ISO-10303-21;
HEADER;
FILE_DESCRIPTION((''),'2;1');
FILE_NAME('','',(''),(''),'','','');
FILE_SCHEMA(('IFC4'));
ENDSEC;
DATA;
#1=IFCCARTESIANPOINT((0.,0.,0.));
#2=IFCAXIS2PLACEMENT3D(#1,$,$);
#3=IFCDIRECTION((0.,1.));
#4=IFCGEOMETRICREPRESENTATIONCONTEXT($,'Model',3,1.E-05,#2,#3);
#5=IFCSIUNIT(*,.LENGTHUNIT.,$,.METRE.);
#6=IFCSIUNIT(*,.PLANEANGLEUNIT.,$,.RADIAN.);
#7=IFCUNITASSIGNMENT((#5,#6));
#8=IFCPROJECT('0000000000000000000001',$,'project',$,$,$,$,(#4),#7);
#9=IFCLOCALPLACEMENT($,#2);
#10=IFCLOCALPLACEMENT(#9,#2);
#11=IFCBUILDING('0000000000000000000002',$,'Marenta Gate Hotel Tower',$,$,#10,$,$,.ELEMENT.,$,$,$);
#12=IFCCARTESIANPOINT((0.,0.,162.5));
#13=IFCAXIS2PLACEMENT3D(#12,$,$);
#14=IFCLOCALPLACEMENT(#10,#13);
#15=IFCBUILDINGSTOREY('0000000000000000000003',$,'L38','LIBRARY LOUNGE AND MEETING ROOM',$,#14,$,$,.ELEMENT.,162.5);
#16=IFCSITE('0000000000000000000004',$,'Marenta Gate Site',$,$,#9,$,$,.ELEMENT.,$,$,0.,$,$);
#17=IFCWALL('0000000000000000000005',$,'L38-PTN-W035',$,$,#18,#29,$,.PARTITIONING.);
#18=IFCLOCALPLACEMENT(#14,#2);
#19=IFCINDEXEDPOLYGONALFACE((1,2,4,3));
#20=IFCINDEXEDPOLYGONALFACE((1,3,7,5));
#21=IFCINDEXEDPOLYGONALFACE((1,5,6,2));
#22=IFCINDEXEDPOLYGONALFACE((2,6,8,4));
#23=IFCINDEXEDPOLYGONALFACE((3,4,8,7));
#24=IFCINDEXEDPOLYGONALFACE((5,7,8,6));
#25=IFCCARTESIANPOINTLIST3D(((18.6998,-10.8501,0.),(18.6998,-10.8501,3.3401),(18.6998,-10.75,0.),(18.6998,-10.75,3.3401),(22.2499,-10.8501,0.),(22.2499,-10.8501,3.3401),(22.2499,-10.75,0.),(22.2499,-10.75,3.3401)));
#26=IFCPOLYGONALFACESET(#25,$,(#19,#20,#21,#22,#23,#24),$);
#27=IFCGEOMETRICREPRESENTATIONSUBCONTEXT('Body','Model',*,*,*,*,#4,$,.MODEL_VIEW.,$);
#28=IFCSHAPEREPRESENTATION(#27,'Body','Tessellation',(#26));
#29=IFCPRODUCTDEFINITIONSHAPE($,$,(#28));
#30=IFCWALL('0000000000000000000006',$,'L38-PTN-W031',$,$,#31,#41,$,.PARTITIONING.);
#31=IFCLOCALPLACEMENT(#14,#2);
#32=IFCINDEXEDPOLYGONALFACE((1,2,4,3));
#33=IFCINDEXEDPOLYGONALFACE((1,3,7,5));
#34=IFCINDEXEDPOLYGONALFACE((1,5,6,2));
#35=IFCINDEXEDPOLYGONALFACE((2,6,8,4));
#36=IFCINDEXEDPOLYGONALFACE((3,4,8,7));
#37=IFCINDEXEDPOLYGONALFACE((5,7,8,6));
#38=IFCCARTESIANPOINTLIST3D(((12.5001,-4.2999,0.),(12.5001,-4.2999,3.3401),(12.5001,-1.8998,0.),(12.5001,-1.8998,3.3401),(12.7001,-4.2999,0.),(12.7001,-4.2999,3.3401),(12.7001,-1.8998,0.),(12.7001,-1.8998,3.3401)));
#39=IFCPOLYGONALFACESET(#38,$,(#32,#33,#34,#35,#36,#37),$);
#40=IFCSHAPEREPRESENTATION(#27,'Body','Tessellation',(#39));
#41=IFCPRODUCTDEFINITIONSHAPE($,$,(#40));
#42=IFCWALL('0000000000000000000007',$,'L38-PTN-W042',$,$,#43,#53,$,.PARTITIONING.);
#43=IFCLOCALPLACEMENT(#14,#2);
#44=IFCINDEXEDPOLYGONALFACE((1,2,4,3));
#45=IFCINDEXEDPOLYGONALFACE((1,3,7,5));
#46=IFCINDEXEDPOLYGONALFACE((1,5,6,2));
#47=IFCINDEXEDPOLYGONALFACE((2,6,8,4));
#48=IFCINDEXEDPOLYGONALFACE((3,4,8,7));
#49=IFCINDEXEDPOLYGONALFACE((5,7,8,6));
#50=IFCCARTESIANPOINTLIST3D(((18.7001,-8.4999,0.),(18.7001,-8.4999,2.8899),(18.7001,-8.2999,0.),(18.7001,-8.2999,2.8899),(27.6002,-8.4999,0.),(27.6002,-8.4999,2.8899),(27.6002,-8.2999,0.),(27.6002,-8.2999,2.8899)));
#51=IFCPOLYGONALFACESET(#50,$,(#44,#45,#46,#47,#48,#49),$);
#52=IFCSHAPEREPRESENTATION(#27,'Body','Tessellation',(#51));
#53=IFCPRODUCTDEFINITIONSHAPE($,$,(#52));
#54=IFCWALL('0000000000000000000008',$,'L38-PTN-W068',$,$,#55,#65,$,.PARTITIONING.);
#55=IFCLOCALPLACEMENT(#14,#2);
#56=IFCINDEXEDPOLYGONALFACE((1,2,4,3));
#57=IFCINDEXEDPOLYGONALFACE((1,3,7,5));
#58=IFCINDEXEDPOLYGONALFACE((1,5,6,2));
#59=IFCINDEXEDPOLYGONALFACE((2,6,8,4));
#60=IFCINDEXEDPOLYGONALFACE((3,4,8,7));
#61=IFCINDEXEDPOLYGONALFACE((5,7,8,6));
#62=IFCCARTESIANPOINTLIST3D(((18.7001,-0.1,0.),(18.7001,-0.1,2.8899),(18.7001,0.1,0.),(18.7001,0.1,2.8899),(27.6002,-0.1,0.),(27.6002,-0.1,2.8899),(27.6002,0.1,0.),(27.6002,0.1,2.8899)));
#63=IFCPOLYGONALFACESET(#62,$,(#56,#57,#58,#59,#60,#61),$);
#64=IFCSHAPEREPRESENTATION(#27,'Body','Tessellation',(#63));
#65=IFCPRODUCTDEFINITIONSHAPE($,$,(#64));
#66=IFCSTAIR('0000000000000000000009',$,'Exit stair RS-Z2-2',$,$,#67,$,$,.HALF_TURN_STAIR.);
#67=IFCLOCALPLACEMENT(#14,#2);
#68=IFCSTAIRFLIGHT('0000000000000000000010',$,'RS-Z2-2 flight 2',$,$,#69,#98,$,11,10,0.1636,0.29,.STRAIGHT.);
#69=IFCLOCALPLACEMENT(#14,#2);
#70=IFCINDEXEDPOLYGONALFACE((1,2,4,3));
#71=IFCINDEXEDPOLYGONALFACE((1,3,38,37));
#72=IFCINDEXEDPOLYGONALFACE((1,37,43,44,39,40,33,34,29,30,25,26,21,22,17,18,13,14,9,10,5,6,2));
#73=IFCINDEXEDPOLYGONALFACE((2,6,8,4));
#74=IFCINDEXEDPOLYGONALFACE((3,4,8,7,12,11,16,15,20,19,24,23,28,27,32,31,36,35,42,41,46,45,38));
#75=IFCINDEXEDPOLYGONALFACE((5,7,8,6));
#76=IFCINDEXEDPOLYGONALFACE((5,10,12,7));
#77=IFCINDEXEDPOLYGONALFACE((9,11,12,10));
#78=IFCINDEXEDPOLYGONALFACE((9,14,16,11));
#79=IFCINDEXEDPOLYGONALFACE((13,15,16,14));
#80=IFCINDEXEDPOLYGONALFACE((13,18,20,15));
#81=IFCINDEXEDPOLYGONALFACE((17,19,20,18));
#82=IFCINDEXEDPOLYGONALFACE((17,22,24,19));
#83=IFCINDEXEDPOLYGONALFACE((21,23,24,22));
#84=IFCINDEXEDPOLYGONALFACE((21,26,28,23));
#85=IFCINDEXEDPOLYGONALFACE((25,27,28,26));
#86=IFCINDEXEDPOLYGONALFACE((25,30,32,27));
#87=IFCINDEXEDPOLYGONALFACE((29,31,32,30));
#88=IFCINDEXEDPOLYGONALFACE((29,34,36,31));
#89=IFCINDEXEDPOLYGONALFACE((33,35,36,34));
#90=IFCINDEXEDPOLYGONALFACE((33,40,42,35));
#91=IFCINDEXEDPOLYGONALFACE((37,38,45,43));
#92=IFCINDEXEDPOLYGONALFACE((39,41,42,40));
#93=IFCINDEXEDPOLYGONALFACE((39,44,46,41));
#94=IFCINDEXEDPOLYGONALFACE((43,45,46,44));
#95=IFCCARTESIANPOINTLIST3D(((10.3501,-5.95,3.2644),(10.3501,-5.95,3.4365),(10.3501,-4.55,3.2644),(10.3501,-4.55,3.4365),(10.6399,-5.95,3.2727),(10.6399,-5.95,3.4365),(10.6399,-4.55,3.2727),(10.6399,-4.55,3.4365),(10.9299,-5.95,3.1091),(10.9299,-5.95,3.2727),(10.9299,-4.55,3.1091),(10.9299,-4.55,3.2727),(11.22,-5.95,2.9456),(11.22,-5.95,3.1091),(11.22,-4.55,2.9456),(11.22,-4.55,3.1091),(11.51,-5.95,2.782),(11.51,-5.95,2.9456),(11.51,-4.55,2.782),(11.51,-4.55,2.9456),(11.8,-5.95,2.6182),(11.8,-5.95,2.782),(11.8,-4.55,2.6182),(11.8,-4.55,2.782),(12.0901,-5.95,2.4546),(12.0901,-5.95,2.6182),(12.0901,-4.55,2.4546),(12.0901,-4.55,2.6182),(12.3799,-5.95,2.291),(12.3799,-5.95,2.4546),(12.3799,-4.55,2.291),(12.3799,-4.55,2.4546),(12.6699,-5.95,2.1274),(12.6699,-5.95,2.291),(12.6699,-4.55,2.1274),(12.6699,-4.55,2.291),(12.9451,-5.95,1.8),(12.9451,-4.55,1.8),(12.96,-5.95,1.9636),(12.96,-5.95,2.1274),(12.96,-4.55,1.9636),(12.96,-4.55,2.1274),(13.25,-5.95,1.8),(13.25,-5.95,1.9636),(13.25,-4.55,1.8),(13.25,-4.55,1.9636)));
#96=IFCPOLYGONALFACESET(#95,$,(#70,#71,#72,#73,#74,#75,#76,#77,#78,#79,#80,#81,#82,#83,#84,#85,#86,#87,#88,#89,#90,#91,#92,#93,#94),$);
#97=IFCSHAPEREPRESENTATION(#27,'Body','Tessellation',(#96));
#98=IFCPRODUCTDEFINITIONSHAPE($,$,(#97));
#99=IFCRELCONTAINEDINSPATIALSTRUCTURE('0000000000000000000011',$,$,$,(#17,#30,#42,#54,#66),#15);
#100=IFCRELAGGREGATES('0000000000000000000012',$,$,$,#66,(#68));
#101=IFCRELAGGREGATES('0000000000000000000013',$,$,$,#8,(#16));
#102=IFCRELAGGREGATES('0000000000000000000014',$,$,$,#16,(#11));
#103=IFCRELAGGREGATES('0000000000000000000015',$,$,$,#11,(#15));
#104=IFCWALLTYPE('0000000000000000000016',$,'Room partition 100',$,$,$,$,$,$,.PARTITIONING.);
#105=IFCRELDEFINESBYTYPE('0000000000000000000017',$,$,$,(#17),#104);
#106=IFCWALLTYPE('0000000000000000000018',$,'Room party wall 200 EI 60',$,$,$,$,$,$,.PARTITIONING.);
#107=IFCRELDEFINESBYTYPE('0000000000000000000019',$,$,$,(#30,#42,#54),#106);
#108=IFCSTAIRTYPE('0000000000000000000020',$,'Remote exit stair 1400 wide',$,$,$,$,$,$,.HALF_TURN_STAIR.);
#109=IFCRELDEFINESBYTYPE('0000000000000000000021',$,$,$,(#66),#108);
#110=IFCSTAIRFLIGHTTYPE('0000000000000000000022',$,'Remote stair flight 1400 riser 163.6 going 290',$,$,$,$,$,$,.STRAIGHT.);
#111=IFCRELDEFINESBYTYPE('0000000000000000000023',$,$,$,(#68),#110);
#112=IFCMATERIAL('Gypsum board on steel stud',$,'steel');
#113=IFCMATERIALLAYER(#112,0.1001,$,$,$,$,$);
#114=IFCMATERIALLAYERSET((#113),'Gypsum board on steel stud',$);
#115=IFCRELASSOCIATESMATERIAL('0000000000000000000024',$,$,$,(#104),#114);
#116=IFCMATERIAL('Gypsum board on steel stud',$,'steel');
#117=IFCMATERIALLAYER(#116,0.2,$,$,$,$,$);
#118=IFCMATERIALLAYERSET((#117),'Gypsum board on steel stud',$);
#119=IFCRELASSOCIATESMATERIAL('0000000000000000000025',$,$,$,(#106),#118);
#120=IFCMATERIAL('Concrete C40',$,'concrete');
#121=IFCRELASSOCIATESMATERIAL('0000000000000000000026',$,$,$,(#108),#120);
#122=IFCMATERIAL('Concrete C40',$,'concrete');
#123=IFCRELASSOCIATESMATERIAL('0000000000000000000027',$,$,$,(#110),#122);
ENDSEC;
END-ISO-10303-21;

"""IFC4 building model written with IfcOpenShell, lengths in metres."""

from ifc_helpers import new_model, si_unit, direction, frame, frame_2d, origin, place, context, subcontext, project, spatial, polyline, rectangle, outline, extrude, material, layer, layer_set, type_object, element, aggregate, save


model = new_model("IFC4")

# Units and contexts
model_context = context("Model", 3, precision=1e-05, world=origin(), true_north=direction((0.0, 1.0)))
body_context = subcontext(model_context, "Body", "Model", "MODEL_VIEW")
ifc_project = project(units=[si_unit("LENGTHUNIT", "METRE"), si_unit("PLANEANGLEUNIT", "RADIAN")], contexts=[model_context])

# Site, building, storey
site_placement = place(None, origin())
site = spatial("IfcSite", under=ifc_project, at=site_placement, Name="Marenta Gate Site", CompositionType="ELEMENT", RefElevation=0.0)
building_placement = place(site_placement, origin())
building = spatial("IfcBuilding", under=site, at=building_placement, Name="Marenta Gate Hotel Tower", CompositionType="ELEMENT")
storey_placement = place(building_placement, frame((0.0, 0.0, 162.5)))
storey = spatial("IfcBuildingStorey", under=building, at=storey_placement, Name="L38", Description="LIBRARY LOUNGE AND MEETING ROOM", CompositionType="ELEMENT", Elevation=162.5)

# Shared definitions
ifc_material_1 = material(Name="Gypsum board on steel stud", Category="steel")
ifc_layer_1 = layer(ifc_material_1, 0.1001)
ifc_layer_set_1 = layer_set([ifc_layer_1], Name="Gypsum board on steel stud")
wall_type_1 = type_object("IfcWallType", Name="Room partition 100", PredefinedType="PARTITIONING", material=ifc_layer_set_1)

# Walls
wall_1_placement = place(storey_placement, frame((18.7, -10.8, 0.0), z_axis=(0.0, 0.0, 1.0), x_axis=(1.0, 0.0, 0.0)))
element("IfcWall", 1, at=wall_1_placement, inside=storey, type_object=wall_type_1, Name="L38-PTN-W035", PredefinedType="PARTITIONING", context=body_context, shape_type="SweptSolid", body=[
    extrude(rectangle(XDim=3.55, YDim=0.1001, at=frame_2d((1.7749, 0.0))), origin(), (0.0, 0.0, 1.0), 3.3401),
])
ifc_material_2 = material(Name="Gypsum board on steel stud", Category="steel")
ifc_layer_2 = layer(ifc_material_2, 0.2)
ifc_layer_set_2 = layer_set([ifc_layer_2], Name="Gypsum board on steel stud")
wall_type_2 = type_object("IfcWallType", Name="Room party wall 200 EI 60", PredefinedType="PARTITIONING", material=ifc_layer_set_2)
wall_2_placement = place(storey_placement, frame((12.6001, -4.3, 0.0), z_axis=(0.0, 0.0, 1.0), x_axis=(0.0, 1.0, 0.0)))
element("IfcWall", 2, at=wall_2_placement, inside=storey, type_object=wall_type_2, Name="L38-PTN-W031", PredefinedType="PARTITIONING", context=body_context, shape_type="SweptSolid", body=[
    extrude(rectangle(XDim=2.4001, YDim=0.2, at=frame_2d((1.2002, 0.0))), origin(), (0.0, 0.0, 1.0), 3.3401),
])
for number, where, z_axis, x_axis, name in (
    (3, (18.7, -8.3999, 0.0), (0.0, 0.0, 1.0), (1.0, 0.0, 0.0), "L38-PTN-W042"),
    (4, (18.7, 0.0, 0.0), (0.0, 0.0, 1.0), (1.0, 0.0, 0.0), "L38-PTN-W068"),
):
    element("IfcWall", number, at=place(storey_placement, frame(where, z_axis=z_axis, x_axis=x_axis)), inside=storey, type_object=wall_type_2, Name=name, PredefinedType="PARTITIONING", context=body_context, shape_type="SweptSolid", body=[
        extrude(rectangle(XDim=8.9001, YDim=0.2, at=frame_2d((4.4502, 0.0))), origin(), (0.0, 0.0, 1.0), 2.8899),
    ])

# Stair, stair flight
ifc_material_3 = material(Name="Concrete C40", Category="concrete")
stair_type = type_object("IfcStairType", Name="Remote exit stair 1400 wide", PredefinedType="HALF_TURN_STAIR", material=ifc_material_3)
stair_placement = place(storey_placement, origin())
stair = element("IfcStair", 5, at=stair_placement, inside=storey, type_object=stair_type, Name="Exit stair RS-Z2-2", PredefinedType="HALF_TURN_STAIR")
ifc_material_4 = material(Name="Concrete C40", Category="concrete")
stair_flight_type = type_object("IfcStairFlightType", Name="Remote stair flight 1400 riser 163.6 going 290", PredefinedType="STRAIGHT", material=ifc_material_4)
stair_flight_placement = place(storey_placement, frame((13.25, -5.25, 1.8), z_axis=(0.0, 0.0, 1.0), x_axis=(-1.0, 0.0, 0.0)))
stair_flight = element("IfcStairFlight", 6, at=stair_flight_placement, type_object=stair_flight_type, Name="RS-Z2-2 flight 2", NumberOfRisers=11, NumberOfTreads=10, PredefinedType="STRAIGHT", RiserHeight=0.1636, TreadLength=0.29, context=body_context, shape_type="SweptSolid", body=[
    extrude(outline(polyline([(0.0, 0.0), (0.0, 0.1636), (0.29, 0.1636), (0.29, 0.3274), (0.5801, 0.3274), (0.5801, 0.491), (0.8701, 0.491), (0.8701, 0.6545), (1.1599, 0.6545), (1.1599, 0.8181), (1.45, 0.8181), (1.45, 0.9819), (1.74, 0.9819), (1.74, 1.1455), (2.03, 1.1455), (2.03, 1.3091), (2.3201, 1.3091), (2.3201, 1.4727), (2.6101, 1.4727), (2.6101, 1.6365), (2.8999, 1.6365), (2.8999, 1.8), (2.8999, 1.4644), (0.3049, 0.0), (0.0, 0.0)])), frame((0.0, 0.7, 0.0), z_axis=(0.0, -1.0, 0.0), x_axis=(1.0, 0.0, 0.0)), (0.0, 0.0, 1.0), 1.3999),
])
aggregate(stair, [stair_flight])

save(model, "model.ifc")
